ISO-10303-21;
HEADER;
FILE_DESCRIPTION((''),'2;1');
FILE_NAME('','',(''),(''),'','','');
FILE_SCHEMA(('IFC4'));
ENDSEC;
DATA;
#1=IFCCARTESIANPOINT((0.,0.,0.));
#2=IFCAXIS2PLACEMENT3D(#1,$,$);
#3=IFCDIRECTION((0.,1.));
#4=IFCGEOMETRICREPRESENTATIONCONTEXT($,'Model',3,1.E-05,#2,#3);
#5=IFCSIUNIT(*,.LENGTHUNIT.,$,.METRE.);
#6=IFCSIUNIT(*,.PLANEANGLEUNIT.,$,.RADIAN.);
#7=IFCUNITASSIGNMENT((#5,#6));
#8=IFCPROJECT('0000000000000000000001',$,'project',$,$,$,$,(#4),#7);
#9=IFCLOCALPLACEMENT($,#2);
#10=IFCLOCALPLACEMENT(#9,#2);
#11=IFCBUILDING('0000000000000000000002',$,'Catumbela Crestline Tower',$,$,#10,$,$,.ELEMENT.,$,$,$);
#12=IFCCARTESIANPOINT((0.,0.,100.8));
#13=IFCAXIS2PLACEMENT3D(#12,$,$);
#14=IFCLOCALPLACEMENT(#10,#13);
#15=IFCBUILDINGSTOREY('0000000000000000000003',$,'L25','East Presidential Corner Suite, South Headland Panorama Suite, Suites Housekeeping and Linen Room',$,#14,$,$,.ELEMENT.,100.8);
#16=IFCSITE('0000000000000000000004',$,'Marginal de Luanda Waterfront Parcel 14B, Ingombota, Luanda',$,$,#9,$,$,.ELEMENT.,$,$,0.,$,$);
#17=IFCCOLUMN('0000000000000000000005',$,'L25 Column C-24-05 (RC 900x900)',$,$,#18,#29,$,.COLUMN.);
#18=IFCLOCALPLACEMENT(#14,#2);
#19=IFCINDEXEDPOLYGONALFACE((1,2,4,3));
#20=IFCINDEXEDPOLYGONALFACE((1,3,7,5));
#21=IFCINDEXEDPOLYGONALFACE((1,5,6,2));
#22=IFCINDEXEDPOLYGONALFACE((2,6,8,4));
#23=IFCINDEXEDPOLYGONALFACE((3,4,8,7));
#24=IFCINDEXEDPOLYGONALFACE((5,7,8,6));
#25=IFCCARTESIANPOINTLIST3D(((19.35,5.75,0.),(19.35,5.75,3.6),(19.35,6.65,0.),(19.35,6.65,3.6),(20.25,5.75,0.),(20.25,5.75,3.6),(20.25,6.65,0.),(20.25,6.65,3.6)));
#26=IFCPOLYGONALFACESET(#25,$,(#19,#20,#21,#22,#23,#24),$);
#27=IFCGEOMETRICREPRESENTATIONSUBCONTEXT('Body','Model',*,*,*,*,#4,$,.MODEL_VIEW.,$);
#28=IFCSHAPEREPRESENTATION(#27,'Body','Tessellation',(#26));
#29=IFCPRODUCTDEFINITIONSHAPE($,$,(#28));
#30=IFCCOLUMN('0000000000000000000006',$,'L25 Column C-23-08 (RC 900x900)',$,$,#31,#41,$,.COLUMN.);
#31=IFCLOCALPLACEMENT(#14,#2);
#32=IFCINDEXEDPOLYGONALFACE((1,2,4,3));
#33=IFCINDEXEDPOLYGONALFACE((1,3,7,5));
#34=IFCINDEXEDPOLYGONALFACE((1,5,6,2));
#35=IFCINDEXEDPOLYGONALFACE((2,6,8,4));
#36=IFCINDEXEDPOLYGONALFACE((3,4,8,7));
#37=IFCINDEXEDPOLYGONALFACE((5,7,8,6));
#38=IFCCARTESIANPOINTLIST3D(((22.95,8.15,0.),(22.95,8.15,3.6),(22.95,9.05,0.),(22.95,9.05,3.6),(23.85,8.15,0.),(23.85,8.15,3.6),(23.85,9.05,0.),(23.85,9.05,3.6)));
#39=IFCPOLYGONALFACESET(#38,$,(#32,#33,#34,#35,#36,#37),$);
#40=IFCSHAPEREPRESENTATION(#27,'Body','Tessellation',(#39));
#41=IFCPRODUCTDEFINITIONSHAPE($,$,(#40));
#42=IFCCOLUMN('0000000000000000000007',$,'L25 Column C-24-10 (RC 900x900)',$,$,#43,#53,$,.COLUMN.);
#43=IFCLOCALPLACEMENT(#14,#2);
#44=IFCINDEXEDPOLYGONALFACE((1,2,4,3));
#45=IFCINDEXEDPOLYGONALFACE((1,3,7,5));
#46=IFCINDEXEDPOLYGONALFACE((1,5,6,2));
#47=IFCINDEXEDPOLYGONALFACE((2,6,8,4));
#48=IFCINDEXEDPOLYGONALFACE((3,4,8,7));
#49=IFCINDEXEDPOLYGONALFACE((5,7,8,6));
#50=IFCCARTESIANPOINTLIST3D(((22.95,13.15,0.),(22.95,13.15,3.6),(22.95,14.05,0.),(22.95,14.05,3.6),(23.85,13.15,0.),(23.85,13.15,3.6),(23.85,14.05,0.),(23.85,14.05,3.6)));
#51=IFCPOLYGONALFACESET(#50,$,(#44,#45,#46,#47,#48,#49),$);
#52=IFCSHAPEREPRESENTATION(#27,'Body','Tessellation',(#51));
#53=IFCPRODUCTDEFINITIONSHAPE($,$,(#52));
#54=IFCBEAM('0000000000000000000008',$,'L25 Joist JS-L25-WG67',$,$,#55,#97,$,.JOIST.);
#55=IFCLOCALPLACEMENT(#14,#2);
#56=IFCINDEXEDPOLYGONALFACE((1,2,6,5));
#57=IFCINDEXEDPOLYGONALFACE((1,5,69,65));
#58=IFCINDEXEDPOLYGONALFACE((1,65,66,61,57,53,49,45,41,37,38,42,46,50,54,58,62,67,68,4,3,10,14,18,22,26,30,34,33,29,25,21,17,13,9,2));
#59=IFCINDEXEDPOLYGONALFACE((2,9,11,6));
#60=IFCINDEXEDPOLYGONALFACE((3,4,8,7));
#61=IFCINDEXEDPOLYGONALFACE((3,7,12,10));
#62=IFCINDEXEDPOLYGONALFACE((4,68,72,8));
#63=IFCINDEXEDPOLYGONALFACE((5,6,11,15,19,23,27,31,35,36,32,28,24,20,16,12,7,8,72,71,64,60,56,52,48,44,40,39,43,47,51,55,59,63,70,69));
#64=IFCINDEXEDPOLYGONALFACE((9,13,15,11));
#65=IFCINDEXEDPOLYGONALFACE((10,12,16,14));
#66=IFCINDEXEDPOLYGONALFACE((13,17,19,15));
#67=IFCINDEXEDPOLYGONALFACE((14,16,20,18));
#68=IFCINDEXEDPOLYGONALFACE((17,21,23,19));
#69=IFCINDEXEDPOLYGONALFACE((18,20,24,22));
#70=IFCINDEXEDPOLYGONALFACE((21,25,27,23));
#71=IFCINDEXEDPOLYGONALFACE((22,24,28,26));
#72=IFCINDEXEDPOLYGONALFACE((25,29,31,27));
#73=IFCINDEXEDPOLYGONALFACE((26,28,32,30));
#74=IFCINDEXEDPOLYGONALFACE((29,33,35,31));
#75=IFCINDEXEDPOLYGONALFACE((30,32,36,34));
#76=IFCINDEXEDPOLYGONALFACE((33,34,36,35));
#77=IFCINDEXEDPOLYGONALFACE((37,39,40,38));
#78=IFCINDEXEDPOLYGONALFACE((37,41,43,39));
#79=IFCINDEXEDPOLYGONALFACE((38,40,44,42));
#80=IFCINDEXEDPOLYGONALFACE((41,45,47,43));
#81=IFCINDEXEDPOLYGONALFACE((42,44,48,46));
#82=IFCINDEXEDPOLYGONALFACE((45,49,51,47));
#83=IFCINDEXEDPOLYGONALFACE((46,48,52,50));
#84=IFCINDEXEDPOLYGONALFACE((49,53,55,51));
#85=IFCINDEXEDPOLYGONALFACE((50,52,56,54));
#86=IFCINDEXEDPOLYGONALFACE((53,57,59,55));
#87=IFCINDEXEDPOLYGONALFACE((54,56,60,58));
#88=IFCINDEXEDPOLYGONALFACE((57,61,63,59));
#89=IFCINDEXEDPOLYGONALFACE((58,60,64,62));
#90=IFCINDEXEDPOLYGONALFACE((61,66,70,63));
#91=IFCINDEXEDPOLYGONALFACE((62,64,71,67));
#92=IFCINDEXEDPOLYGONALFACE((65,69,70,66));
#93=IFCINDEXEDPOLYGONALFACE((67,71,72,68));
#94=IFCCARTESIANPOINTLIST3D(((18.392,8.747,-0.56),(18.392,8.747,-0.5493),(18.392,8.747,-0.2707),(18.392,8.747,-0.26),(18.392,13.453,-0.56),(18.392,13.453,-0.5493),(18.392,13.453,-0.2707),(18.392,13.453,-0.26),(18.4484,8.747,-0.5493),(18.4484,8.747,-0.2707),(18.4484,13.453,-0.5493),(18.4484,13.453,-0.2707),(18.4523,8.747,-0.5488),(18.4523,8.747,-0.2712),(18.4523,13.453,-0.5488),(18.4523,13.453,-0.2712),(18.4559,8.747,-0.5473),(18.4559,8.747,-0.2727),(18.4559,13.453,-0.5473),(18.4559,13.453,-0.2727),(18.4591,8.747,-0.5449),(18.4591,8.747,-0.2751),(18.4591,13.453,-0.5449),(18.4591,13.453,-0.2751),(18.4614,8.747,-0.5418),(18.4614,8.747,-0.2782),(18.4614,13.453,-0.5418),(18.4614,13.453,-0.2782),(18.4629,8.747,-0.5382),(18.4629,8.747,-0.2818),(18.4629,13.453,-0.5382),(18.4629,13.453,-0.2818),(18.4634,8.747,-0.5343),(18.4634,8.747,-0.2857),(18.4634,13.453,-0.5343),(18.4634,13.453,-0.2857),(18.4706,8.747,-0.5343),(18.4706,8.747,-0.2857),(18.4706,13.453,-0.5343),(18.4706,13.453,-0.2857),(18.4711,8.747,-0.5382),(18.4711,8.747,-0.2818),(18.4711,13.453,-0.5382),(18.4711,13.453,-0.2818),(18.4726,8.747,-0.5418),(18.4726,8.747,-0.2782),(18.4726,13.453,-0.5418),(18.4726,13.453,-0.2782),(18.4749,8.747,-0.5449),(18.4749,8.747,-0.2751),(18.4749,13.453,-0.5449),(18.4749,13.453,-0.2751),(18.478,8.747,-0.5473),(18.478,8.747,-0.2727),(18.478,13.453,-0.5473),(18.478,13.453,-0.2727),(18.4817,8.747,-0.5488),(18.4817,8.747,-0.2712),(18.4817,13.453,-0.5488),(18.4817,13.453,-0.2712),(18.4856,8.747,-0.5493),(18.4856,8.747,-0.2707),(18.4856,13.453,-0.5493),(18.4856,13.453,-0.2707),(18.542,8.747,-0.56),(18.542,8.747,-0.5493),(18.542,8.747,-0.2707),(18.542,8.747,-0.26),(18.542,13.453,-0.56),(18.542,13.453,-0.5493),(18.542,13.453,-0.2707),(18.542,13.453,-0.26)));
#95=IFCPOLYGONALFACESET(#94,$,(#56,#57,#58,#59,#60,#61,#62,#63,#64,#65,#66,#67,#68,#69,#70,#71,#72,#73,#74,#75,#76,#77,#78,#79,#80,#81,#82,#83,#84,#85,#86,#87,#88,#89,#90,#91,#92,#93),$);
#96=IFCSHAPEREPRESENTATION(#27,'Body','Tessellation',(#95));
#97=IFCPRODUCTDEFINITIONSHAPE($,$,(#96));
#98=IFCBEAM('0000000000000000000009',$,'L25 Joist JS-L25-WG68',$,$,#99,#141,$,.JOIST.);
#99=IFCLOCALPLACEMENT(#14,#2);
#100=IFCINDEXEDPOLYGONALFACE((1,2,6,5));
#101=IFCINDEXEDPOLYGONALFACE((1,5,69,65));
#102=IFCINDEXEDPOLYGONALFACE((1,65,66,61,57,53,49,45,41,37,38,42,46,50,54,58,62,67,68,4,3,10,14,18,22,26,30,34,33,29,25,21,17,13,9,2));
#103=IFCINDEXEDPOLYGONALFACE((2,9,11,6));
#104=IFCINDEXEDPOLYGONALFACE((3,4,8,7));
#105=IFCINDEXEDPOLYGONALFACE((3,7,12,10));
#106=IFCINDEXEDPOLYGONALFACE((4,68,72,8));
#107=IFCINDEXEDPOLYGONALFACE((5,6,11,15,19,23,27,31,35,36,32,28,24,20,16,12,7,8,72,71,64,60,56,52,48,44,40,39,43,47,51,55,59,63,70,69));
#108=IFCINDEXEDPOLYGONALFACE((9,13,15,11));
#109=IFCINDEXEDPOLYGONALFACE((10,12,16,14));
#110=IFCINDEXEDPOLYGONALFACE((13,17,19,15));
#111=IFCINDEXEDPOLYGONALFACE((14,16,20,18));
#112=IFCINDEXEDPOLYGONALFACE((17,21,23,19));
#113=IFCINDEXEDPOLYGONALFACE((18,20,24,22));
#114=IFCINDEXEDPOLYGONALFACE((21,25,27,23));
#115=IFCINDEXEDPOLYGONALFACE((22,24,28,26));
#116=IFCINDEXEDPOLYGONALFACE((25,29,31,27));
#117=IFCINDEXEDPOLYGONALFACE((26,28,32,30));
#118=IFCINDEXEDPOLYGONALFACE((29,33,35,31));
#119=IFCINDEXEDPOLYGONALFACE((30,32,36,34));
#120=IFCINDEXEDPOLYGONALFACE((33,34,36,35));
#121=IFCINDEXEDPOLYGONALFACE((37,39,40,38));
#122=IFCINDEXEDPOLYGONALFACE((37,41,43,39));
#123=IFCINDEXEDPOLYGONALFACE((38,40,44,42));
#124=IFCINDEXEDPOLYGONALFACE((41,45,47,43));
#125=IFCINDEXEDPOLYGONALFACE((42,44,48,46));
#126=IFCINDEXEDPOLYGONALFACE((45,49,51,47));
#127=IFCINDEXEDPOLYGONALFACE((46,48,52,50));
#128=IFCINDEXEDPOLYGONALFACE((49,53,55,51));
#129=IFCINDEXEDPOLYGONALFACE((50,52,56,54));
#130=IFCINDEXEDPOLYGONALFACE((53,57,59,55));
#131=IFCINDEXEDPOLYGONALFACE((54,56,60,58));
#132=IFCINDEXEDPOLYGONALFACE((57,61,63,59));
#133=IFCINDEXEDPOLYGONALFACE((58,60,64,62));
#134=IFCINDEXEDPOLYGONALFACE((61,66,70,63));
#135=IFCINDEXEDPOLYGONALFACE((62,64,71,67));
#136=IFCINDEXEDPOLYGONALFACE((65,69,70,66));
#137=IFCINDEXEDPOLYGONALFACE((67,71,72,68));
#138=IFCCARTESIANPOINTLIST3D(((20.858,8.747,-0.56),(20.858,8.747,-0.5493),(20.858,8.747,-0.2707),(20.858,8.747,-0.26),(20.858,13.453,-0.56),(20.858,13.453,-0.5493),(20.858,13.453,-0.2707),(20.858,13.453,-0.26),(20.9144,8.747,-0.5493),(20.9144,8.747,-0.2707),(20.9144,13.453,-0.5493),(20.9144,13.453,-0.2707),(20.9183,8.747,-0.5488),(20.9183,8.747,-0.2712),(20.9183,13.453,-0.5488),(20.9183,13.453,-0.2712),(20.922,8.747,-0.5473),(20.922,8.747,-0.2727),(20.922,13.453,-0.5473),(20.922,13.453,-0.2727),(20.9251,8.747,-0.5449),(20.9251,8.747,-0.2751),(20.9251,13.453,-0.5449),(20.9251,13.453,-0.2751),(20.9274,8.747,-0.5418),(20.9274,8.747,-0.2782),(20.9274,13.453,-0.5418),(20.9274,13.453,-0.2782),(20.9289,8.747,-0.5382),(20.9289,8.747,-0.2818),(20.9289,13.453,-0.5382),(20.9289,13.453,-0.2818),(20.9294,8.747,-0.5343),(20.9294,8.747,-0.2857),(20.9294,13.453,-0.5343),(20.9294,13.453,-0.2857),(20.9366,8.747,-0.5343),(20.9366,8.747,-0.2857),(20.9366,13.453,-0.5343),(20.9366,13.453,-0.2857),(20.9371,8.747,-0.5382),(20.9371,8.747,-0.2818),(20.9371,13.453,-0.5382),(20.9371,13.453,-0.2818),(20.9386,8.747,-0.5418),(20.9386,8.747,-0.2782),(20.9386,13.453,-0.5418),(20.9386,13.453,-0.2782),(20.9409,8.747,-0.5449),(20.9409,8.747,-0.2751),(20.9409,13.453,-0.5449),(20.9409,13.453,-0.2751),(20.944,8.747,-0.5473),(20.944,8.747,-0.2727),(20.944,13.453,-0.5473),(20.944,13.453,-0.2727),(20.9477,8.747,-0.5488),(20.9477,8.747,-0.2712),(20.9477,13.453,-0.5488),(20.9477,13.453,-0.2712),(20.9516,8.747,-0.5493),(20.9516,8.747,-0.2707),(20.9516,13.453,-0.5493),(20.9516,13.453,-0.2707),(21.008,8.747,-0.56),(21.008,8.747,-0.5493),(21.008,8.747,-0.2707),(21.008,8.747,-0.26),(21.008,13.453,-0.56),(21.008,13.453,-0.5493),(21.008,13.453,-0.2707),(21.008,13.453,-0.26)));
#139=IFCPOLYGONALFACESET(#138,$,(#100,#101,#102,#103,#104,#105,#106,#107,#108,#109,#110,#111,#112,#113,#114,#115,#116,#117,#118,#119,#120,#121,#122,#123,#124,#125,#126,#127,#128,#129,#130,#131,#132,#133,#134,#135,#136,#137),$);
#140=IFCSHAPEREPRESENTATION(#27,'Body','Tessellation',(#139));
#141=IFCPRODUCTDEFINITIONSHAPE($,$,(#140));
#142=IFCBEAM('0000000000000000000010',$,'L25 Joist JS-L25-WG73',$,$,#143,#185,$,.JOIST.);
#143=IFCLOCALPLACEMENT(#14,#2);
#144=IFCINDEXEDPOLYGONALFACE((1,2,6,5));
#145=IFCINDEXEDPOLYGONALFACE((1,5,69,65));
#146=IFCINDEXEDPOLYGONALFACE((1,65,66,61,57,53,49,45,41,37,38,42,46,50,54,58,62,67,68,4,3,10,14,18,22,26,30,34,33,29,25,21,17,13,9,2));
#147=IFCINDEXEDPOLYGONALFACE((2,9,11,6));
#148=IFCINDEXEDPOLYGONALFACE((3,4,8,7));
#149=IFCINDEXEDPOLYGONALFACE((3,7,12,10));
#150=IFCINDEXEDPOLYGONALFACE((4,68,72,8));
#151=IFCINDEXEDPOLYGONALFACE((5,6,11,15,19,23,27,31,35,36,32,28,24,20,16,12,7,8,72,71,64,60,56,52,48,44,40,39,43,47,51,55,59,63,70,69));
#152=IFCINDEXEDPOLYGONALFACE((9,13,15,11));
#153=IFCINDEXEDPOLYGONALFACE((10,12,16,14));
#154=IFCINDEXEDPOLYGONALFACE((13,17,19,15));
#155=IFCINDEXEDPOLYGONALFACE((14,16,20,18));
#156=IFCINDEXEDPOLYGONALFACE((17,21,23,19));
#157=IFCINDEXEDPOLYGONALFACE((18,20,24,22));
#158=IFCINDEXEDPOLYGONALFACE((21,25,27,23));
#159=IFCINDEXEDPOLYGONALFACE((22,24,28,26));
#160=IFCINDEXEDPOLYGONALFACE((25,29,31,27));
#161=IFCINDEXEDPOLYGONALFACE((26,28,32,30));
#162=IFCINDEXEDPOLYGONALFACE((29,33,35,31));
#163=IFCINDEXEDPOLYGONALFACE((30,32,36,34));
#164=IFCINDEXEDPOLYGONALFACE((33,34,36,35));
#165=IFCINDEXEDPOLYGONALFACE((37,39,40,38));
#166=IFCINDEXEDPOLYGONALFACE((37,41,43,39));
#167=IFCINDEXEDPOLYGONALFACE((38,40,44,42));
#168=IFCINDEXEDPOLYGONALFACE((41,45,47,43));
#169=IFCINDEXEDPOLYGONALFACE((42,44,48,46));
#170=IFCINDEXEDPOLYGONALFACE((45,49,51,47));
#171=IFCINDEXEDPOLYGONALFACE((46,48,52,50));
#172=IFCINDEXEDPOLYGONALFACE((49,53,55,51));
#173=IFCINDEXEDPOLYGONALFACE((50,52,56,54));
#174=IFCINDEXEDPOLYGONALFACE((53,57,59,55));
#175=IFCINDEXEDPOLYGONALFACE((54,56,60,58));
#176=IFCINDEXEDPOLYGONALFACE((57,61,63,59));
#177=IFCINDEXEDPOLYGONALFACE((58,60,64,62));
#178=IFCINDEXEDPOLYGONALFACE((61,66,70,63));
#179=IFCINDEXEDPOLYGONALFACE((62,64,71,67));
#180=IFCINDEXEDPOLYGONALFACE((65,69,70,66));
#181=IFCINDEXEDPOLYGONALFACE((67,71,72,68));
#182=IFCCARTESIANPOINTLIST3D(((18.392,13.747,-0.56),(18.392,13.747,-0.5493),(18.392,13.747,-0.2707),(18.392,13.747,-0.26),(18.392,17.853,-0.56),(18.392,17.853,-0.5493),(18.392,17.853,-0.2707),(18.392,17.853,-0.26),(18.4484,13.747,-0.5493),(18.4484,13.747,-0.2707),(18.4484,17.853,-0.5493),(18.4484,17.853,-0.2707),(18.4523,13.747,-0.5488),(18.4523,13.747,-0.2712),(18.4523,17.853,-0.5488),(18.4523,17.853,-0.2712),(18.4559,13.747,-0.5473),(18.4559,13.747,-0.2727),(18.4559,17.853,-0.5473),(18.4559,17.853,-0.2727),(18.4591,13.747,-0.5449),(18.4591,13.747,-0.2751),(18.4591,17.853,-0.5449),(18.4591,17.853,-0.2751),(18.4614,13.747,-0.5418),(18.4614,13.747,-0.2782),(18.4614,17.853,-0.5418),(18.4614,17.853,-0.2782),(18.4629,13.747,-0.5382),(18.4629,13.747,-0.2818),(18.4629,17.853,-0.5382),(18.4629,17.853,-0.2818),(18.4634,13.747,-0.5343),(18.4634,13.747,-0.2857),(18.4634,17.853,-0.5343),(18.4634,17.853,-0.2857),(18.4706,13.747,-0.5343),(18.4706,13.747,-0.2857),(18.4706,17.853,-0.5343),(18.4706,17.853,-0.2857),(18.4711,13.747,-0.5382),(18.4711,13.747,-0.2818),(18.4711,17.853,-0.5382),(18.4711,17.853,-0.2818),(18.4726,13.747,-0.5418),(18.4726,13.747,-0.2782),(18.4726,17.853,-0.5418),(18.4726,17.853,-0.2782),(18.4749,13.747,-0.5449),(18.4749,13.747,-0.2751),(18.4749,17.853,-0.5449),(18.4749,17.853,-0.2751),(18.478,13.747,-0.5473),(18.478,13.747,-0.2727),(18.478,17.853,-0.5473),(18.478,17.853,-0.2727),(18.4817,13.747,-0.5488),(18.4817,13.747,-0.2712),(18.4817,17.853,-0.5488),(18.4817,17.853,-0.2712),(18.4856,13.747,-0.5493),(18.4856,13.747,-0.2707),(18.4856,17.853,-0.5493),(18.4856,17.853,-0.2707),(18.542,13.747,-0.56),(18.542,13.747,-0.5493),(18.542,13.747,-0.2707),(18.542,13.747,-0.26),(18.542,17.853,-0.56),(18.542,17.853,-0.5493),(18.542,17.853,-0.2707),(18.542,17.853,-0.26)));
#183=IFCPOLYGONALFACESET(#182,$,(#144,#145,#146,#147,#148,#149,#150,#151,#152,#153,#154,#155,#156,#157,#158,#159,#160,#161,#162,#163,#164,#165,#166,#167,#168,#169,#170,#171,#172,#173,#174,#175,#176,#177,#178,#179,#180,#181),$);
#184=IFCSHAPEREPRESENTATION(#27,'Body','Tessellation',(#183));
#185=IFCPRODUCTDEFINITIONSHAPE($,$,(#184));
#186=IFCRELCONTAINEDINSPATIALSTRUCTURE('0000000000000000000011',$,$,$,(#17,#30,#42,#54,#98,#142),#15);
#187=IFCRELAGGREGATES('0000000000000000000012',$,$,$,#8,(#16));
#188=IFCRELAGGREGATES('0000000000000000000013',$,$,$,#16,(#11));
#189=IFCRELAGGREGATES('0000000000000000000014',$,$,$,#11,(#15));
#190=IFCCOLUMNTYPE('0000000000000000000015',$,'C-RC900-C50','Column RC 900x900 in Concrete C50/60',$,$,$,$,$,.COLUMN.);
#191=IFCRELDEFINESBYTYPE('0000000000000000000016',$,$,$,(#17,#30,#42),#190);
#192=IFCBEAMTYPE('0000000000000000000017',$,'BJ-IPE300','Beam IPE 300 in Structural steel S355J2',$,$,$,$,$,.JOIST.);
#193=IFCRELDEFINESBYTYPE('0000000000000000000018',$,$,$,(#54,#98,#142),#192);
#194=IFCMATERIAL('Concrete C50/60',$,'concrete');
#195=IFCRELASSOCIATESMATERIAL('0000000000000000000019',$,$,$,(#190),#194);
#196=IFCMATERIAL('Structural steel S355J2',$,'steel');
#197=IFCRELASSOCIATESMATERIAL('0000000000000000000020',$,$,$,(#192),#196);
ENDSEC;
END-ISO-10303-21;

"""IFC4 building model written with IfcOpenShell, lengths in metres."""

from ifc_helpers import new_model, si_unit, direction, frame, origin, origin_2d, place, context, subcontext, project, spatial, rectangle, i_section, extrude, material, material_profile, profile_set, type_object, element, save


model = new_model("IFC4")

# Units and contexts
model_context = context("Model", 3, precision=1e-05, world=origin(), true_north=direction((0.0, 1.0)))
body_context = subcontext(model_context, "Body", "Model", "MODEL_VIEW")
ifc_project = project(units=[si_unit("LENGTHUNIT", "METRE"), si_unit("PLANEANGLEUNIT", "RADIAN")], contexts=[model_context])

# Site, building, storey
site_placement = place(None, origin())
site = spatial("IfcSite", under=ifc_project, at=site_placement, Name="Marginal de Luanda Waterfront Parcel 14B, Ingombota, Luanda", CompositionType="ELEMENT", RefElevation=0.0)
building_placement = place(site_placement, origin())
building = spatial("IfcBuilding", under=site, at=building_placement, Name="Catumbela Crestline Tower", CompositionType="ELEMENT")
storey_placement = place(building_placement, frame((0.0, 0.0, 100.8)))
storey = spatial("IfcBuildingStorey", under=building, at=storey_placement, Name="L25", Description="East Presidential Corner Suite, South Headland Panorama Suite, Suites Housekeeping and Linen Room", CompositionType="ELEMENT", Elevation=100.8)

# Columns
ifc_material_1 = material(Name="Concrete C50/60", Category="concrete")
ifc_material_profile_1 = material_profile(ifc_material_1, rectangle(XDim=0.9, YDim=0.9, at=origin_2d()), Name="RC 900x900")
ifc_profile_set_1 = profile_set([ifc_material_profile_1], Name="Concrete C50/60")
column_type = type_object("IfcColumnType", Name="C-RC900-C50", Description="Column RC 900x900 in Concrete C50/60", PredefinedType="COLUMN", material=ifc_profile_set_1)
for number, where, z_axis, x_axis, name in (
    (1, (19.8, 6.2, 0.0), (0.0, 0.0, 1.0), (1.0, 0.0, 0.0), "L25 Column C-24-05 (RC 900x900)"),
    (2, (23.4, 8.6, 0.0), (0.0, 0.0, 1.0), (1.0, 0.0, 0.0), "L25 Column C-23-08 (RC 900x900)"),
    (3, (23.4, 13.6, 0.0), (0.0, 0.0, 1.0), (1.0, 0.0, 0.0), "L25 Column C-24-10 (RC 900x900)"),
):
    element("IfcColumn", number, at=place(storey_placement, frame(where, z_axis=z_axis, x_axis=x_axis)), inside=storey, type_object=column_type, Name=name, PredefinedType="COLUMN", context=body_context, shape_type="SweptSolid", body=[
        extrude(rectangle(XDim=0.9, YDim=0.9, at=origin_2d()), origin(), (0.0, 0.0, 1.0), 3.6),
    ])

# Beams
ifc_material_2 = material(Name="Structural steel S355J2", Category="steel")
ifc_material_profile_2 = material_profile(ifc_material_2, i_section(OverallWidth=0.15, OverallDepth=0.3, WebThickness=0.0071, FlangeThickness=0.0107, FilletRadius=0.015, at=origin_2d()), Name="IPE 300")
ifc_profile_set_2 = profile_set([ifc_material_profile_2], Name="Structural steel S355J2")
beam_type_1 = type_object("IfcBeamType", Name="BJ-IPE300", Description="Beam IPE 300 in Structural steel S355J2", PredefinedType="JOIST", material=ifc_profile_set_2)
for number, where, z_axis, x_axis, name in (
    (4, (18.467, 8.747, -0.41), (0.0, 1.0, 0.0), (-1.0, 0.0, 0.0), "L25 Joist JS-L25-WG67"),
    (5, (20.933, 8.747, -0.41), (0.0, 1.0, 0.0), (-1.0, 0.0, 0.0), "L25 Joist JS-L25-WG68"),
):
    element("IfcBeam", number, at=place(storey_placement, frame(where, z_axis=z_axis, x_axis=x_axis)), inside=storey, type_object=beam_type_1, Name=name, PredefinedType="JOIST", context=body_context, shape_type="SweptSolid", body=[
        extrude(i_section(OverallWidth=0.15, OverallDepth=0.3, WebThickness=0.0071, FlangeThickness=0.0107, FilletRadius=0.015, at=origin_2d()), origin(), (0.0, 0.0, 1.0), 4.706),
    ])
for number, where, z_axis, x_axis, name in (
    (6, (18.467, 13.747, -0.41), (0.0, 1.0, 0.0), (-1.0, 0.0, 0.0), "L25 Joist JS-L25-WG73"),
):
    element("IfcBeam", number, at=place(storey_placement, frame(where, z_axis=z_axis, x_axis=x_axis)), inside=storey, type_object=beam_type_1, Name=name, PredefinedType="JOIST", context=body_context, shape_type="SweptSolid", body=[
        extrude(i_section(OverallWidth=0.15, OverallDepth=0.3, WebThickness=0.0071, FlangeThickness=0.0107, FilletRadius=0.015, at=origin_2d()), origin(), (0.0, 0.0, 1.0), 4.106),
    ])

save(model, "model.ifc")
